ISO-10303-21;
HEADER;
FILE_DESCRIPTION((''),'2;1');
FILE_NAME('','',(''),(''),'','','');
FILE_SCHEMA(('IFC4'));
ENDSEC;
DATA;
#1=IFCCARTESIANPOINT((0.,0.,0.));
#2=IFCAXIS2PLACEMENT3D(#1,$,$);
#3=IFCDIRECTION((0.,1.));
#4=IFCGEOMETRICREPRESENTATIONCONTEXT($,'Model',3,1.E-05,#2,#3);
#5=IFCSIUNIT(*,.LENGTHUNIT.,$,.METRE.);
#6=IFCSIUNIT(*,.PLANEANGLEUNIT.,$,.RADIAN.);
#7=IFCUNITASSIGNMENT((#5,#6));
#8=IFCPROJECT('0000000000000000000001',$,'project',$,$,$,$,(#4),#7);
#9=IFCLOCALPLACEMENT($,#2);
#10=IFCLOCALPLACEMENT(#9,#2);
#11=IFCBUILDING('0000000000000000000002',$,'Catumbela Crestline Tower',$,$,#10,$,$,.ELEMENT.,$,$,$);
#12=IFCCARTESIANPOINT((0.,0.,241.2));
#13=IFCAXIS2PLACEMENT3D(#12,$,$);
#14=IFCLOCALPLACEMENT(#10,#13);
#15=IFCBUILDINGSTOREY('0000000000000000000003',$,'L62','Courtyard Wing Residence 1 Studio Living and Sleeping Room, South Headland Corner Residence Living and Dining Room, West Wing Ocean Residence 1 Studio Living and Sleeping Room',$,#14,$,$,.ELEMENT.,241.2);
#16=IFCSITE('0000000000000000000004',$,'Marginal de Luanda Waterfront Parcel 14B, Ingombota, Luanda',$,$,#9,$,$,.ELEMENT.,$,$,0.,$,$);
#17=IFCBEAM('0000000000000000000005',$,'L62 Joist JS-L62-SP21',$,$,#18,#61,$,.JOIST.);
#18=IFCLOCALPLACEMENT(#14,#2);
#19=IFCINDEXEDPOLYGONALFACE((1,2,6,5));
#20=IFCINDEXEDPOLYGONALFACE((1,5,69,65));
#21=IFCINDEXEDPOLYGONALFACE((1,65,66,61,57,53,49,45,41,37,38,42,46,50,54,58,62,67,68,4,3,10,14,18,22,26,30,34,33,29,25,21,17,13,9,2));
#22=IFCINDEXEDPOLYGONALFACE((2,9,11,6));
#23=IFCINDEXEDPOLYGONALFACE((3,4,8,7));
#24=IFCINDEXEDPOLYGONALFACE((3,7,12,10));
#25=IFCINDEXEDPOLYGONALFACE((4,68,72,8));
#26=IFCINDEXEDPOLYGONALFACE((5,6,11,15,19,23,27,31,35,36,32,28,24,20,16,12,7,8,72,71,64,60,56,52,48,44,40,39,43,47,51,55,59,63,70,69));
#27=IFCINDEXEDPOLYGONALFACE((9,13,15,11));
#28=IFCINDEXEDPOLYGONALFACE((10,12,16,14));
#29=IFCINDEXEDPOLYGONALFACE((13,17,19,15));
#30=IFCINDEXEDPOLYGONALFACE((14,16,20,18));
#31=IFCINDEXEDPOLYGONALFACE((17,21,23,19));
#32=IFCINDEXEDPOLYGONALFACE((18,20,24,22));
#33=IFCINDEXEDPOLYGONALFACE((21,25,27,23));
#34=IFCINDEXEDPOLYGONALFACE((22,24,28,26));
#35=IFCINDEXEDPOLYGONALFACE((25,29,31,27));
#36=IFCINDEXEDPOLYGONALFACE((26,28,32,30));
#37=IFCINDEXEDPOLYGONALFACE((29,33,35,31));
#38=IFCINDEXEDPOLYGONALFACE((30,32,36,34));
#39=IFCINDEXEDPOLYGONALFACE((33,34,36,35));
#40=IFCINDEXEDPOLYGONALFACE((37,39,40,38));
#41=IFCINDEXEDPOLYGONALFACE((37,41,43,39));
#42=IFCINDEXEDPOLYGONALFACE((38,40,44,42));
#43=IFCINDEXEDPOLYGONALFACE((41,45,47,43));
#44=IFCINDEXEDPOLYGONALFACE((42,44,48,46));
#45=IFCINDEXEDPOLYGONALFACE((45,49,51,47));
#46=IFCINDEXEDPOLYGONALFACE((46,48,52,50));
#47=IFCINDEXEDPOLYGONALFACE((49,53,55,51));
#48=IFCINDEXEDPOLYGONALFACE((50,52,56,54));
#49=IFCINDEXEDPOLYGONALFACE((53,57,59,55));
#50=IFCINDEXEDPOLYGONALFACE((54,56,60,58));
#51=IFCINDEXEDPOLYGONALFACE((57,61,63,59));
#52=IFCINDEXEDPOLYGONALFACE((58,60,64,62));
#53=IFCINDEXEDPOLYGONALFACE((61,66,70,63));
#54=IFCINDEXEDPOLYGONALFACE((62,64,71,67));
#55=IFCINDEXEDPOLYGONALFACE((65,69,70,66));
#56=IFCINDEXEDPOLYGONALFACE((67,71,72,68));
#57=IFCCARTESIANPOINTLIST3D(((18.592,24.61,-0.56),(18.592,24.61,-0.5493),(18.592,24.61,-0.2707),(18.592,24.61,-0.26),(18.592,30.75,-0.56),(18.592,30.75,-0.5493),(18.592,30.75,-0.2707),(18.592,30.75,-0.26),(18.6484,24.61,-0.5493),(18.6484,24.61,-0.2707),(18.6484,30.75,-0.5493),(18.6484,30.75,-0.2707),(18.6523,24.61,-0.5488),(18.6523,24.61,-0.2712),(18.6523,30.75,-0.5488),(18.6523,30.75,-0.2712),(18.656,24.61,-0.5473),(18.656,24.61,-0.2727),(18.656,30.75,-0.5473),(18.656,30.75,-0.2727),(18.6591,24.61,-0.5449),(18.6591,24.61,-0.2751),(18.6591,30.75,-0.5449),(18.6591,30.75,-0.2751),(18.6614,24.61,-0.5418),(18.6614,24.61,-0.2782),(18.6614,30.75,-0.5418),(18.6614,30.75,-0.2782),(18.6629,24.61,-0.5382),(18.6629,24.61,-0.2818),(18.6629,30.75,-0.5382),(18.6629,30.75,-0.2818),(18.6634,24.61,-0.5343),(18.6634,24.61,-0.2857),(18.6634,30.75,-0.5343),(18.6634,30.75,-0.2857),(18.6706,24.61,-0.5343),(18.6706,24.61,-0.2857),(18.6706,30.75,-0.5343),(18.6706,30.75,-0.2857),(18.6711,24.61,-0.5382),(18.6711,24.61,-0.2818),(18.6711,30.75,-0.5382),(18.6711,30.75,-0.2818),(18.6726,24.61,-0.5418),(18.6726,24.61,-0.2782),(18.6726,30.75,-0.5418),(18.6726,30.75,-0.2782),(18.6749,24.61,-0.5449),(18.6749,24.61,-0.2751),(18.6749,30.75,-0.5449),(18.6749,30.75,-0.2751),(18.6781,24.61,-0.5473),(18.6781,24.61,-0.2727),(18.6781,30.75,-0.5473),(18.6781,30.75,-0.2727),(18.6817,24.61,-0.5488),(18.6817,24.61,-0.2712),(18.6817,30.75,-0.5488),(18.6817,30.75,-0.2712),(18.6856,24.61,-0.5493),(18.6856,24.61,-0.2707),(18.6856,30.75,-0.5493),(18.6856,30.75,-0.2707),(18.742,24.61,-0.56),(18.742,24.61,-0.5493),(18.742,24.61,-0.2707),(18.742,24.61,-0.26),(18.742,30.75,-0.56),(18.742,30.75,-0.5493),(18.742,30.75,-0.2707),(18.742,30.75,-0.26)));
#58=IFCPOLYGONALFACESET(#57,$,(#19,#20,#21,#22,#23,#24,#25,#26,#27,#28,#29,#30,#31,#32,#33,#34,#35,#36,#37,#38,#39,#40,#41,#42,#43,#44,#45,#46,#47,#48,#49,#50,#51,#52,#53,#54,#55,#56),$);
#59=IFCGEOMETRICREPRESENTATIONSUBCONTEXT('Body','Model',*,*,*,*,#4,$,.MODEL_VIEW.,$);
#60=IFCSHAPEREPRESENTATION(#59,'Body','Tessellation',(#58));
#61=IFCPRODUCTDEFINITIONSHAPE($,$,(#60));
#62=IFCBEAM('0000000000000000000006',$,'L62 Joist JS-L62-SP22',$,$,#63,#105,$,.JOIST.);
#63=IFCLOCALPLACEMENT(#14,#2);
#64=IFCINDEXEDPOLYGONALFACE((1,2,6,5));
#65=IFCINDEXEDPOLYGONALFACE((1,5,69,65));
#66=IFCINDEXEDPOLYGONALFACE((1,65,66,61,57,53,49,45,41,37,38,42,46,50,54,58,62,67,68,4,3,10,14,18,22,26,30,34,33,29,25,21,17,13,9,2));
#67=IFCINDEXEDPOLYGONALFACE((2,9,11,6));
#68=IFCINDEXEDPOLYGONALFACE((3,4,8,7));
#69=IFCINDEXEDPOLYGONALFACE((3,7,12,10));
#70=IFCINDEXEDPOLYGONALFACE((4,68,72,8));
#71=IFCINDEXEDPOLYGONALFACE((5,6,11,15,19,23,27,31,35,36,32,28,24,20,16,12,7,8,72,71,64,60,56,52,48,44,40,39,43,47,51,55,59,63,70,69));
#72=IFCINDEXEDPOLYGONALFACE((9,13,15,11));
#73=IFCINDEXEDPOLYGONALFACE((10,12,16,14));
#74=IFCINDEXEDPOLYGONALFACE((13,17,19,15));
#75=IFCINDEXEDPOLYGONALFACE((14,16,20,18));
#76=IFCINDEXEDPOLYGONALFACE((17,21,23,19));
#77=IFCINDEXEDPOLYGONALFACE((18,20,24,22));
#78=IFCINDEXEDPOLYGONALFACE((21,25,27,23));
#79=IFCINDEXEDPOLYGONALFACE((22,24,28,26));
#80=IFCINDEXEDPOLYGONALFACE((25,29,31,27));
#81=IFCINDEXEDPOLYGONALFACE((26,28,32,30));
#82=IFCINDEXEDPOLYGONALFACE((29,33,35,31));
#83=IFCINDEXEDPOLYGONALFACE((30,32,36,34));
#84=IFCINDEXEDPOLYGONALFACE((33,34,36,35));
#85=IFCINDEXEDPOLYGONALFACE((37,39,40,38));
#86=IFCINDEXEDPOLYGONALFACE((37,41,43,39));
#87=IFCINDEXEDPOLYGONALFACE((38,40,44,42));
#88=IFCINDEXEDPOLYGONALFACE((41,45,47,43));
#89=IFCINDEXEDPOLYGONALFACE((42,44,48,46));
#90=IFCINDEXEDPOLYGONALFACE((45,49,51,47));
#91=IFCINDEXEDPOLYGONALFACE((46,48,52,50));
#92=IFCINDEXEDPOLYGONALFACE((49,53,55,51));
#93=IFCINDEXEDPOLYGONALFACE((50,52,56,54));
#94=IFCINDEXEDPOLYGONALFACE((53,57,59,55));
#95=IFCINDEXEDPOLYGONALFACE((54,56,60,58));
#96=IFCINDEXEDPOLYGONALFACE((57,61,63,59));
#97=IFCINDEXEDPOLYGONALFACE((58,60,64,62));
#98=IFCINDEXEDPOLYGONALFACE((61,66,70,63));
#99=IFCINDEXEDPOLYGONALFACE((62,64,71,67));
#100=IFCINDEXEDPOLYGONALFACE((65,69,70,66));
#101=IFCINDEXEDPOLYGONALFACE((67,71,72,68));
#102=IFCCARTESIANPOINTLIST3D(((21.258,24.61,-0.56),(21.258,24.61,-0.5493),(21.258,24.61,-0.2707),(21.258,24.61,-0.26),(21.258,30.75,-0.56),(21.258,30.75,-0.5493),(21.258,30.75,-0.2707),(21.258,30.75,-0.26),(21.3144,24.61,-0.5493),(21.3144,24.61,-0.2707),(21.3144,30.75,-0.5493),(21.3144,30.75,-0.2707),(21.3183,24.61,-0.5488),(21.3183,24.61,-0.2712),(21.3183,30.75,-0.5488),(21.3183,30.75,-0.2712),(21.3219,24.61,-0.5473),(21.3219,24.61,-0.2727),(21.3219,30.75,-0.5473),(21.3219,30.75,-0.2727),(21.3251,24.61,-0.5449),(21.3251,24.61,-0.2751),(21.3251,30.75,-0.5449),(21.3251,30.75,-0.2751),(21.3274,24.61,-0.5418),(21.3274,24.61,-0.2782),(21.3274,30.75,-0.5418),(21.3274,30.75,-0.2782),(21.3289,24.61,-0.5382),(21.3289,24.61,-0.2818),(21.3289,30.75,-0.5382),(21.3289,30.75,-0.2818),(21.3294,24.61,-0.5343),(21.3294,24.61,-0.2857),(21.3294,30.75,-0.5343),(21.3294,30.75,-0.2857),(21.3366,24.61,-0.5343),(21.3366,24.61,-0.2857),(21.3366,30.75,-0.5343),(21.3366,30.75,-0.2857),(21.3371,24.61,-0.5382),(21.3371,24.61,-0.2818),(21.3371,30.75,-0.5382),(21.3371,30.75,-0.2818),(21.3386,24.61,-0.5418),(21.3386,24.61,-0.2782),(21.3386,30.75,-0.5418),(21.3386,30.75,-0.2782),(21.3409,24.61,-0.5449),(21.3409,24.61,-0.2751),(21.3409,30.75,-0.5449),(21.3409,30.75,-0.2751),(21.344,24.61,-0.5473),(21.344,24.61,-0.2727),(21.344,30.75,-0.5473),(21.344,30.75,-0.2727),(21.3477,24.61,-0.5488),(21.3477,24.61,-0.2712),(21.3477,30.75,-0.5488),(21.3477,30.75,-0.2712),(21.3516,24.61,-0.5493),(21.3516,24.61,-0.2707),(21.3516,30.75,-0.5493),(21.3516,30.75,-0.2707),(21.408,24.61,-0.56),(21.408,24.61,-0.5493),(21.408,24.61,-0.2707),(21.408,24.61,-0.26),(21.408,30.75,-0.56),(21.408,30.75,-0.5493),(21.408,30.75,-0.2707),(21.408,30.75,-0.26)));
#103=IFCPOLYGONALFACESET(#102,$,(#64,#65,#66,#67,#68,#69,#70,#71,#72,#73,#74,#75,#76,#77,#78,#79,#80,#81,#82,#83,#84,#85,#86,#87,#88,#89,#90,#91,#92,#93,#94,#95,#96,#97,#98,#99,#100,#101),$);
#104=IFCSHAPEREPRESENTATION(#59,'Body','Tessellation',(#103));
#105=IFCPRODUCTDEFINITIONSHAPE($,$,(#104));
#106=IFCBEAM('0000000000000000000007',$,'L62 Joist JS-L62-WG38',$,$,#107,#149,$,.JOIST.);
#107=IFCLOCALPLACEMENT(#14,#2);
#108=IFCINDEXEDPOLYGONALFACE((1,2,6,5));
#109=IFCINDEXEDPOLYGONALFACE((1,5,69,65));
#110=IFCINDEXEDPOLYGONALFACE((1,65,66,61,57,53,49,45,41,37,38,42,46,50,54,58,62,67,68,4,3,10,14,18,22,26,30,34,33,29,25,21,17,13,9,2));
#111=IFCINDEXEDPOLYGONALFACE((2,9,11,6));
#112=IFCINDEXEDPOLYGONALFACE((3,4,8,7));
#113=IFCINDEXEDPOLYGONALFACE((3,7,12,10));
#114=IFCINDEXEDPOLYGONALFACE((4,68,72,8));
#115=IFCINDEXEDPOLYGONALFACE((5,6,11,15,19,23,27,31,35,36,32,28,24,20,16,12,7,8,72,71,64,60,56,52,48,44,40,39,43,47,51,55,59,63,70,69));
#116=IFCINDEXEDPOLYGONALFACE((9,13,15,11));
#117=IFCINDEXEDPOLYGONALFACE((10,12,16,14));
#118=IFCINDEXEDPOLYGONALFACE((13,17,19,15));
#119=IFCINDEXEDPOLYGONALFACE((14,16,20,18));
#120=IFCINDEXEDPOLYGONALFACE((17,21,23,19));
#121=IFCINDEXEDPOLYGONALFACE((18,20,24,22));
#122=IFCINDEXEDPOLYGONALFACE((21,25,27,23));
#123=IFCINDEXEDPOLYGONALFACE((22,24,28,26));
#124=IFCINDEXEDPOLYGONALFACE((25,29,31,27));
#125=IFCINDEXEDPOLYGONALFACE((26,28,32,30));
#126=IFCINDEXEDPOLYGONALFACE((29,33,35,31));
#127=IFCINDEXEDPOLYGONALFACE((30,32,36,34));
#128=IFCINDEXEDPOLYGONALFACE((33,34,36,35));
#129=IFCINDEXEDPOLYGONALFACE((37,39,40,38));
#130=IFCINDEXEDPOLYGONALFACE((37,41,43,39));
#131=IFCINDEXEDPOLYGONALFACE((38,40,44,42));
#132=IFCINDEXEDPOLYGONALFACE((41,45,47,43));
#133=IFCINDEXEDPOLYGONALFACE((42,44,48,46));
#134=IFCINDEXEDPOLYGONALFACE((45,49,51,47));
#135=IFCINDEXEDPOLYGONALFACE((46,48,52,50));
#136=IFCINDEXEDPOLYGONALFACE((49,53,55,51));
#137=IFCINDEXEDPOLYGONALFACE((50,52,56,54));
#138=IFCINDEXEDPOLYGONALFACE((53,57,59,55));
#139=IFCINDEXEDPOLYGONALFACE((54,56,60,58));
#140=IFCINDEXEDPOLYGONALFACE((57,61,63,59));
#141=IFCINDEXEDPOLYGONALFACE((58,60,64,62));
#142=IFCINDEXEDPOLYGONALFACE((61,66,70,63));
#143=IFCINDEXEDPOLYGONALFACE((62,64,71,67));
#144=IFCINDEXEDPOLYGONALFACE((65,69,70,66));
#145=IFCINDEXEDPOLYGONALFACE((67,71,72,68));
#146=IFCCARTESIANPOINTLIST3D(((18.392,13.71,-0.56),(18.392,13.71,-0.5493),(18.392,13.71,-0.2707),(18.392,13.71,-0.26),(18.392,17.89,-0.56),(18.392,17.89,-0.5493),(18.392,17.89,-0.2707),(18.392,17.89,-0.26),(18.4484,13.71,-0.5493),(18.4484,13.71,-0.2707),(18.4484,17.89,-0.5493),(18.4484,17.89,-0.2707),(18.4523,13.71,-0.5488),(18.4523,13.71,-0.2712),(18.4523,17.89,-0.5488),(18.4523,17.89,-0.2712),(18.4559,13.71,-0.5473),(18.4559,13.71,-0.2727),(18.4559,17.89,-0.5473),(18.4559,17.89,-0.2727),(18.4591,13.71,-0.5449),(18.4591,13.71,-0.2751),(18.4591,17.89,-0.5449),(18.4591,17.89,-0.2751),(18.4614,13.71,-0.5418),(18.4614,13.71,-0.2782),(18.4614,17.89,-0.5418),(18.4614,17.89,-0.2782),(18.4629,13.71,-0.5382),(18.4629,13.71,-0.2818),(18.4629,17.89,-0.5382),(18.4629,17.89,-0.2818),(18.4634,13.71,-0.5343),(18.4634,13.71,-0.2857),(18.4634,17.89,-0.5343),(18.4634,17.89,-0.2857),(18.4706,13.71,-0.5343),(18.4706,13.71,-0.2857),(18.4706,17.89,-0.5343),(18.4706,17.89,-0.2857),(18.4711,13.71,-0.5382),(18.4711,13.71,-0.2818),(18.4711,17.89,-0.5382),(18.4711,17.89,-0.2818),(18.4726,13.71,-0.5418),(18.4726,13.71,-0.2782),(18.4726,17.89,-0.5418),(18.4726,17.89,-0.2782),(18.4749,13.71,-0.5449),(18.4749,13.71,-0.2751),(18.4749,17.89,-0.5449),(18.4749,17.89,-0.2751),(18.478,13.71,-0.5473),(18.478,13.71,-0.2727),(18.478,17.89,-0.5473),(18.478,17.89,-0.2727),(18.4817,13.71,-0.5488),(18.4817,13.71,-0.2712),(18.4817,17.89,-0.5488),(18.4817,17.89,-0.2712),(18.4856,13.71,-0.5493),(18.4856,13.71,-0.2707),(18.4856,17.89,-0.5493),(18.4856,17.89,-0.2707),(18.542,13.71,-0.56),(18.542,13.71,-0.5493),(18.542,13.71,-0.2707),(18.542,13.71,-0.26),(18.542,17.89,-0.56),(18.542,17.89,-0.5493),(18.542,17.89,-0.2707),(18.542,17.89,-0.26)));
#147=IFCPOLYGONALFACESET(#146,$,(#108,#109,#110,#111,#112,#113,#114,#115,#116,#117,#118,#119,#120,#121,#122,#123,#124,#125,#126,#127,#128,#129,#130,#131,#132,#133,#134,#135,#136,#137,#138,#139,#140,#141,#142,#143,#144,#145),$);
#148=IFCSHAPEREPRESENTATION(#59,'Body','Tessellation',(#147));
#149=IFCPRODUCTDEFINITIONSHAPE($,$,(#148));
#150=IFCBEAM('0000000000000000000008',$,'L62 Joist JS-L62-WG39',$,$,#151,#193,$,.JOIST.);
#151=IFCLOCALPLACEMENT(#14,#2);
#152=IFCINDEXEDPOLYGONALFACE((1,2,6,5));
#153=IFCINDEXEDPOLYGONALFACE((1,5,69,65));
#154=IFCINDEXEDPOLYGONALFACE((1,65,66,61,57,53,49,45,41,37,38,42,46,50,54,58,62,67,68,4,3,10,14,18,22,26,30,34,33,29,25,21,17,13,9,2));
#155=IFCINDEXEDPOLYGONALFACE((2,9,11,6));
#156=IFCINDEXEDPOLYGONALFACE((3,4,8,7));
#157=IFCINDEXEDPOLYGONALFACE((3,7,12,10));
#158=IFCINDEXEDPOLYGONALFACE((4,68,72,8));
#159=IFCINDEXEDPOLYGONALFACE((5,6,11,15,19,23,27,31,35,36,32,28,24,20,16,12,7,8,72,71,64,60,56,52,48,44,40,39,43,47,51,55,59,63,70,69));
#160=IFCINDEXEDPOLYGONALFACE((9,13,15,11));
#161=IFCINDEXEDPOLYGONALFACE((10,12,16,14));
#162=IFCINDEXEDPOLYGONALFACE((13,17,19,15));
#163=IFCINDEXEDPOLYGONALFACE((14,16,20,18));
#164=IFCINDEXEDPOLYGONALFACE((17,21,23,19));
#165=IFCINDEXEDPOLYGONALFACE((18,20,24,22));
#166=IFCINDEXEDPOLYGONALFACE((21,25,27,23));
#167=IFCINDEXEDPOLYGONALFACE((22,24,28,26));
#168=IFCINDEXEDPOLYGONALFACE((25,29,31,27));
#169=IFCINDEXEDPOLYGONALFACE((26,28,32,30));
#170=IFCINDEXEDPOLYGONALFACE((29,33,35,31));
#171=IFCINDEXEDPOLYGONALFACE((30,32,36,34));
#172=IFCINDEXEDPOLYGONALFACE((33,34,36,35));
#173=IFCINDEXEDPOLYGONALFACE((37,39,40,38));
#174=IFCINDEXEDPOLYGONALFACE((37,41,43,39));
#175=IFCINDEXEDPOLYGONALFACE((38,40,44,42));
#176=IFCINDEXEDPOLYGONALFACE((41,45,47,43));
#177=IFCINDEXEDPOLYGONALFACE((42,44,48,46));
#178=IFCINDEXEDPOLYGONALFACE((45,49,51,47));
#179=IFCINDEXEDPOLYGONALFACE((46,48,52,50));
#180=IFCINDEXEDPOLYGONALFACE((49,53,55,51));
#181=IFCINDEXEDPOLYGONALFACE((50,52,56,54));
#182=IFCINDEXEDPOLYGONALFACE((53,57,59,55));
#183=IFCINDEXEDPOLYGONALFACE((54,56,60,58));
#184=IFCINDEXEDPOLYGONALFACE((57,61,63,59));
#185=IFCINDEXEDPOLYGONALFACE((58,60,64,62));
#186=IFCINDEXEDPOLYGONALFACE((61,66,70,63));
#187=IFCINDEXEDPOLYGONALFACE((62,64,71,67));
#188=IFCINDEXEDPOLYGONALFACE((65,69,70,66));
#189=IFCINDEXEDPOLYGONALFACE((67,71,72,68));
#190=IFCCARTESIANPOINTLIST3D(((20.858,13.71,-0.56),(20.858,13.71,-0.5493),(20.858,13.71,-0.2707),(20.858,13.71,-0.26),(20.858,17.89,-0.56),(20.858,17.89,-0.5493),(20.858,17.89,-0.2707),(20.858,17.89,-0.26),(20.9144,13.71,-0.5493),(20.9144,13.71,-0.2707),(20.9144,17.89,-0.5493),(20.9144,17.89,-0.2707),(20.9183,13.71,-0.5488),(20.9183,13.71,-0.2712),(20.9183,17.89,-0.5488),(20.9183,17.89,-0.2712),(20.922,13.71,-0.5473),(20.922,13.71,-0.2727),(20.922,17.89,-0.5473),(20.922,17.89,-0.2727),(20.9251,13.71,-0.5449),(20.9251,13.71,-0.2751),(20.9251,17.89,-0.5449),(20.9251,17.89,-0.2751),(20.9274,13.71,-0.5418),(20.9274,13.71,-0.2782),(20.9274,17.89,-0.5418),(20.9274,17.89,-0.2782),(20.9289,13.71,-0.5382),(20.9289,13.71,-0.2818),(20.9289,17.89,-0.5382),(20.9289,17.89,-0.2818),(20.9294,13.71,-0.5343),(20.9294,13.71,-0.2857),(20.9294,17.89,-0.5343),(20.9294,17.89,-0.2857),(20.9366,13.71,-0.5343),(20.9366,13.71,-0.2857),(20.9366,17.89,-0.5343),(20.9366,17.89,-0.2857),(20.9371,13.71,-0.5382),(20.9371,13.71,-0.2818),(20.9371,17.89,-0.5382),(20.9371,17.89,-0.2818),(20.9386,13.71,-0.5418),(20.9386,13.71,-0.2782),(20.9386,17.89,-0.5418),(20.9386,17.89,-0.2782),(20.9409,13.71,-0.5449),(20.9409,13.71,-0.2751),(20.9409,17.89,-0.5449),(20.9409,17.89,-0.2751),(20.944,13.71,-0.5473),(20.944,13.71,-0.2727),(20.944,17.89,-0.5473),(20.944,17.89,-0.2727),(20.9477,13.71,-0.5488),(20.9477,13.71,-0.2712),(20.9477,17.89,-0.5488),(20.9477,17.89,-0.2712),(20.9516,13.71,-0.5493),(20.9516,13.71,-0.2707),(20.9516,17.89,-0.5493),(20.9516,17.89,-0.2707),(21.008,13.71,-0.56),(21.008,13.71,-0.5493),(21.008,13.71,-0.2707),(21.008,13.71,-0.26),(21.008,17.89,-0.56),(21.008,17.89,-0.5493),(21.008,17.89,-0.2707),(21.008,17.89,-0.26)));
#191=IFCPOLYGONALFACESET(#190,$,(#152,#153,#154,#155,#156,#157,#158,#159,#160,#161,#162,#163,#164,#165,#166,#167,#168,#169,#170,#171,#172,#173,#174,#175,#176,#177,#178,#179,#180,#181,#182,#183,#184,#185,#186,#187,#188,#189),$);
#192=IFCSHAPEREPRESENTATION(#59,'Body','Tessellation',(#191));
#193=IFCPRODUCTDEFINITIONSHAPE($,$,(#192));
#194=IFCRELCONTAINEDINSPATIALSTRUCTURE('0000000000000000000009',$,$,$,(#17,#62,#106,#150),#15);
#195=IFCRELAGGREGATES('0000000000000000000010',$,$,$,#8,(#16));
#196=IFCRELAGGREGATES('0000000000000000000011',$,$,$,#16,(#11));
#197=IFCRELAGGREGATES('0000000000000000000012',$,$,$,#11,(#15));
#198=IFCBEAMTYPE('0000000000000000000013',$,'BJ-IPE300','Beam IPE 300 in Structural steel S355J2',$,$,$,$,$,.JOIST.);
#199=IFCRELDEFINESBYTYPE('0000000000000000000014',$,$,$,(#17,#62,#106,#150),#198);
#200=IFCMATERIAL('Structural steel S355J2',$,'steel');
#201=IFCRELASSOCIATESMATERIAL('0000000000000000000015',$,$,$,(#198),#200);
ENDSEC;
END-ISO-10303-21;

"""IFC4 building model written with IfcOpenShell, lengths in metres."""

from ifc_helpers import new_model, si_unit, direction, frame, origin, origin_2d, place, context, subcontext, project, spatial, i_section, extrude, material, material_profile, profile_set, type_object, element, save


model = new_model("IFC4")

# Units and contexts
model_context = context("Model", 3, precision=1e-05, world=origin(), true_north=direction((0.0, 1.0)))
body_context = subcontext(model_context, "Body", "Model", "MODEL_VIEW")
ifc_project = project(units=[si_unit("LENGTHUNIT", "METRE"), si_unit("PLANEANGLEUNIT", "RADIAN")], contexts=[model_context])

# Site, building, storey
site_placement = place(None, origin())
site = spatial("IfcSite", under=ifc_project, at=site_placement, Name="Marginal de Luanda Waterfront Parcel 14B, Ingombota, Luanda", CompositionType="ELEMENT", RefElevation=0.0)
building_placement = place(site_placement, origin())
building = spatial("IfcBuilding", under=site, at=building_placement, Name="Catumbela Crestline Tower", CompositionType="ELEMENT")
storey_placement = place(building_placement, frame((0.0, 0.0, 241.2)))
storey = spatial("IfcBuildingStorey", under=building, at=storey_placement, Name="L62", Description="Courtyard Wing Residence 1 Studio Living and Sleeping Room, South Headland Corner Residence Living and Dining Room, West Wing Ocean Residence 1 Studio Living and Sleeping Room", CompositionType="ELEMENT", Elevation=241.2)

# Shared definitions
ifc_material_1 = material(Name="Structural steel S355J2", Category="steel")

# Beams
ifc_material_profile_1 = material_profile(ifc_material_1, i_section(OverallWidth=0.15, OverallDepth=0.3, WebThickness=0.0071, FlangeThickness=0.0107, FilletRadius=0.015, at=origin_2d()), Name="IPE 300")
ifc_profile_set_1 = profile_set([ifc_material_profile_1], Name="Structural steel S355J2")
beam_type_1 = type_object("IfcBeamType", Name="BJ-IPE300", Description="Beam IPE 300 in Structural steel S355J2", PredefinedType="JOIST", material=ifc_profile_set_1)
for number, where, z_axis, x_axis, name in (
    (1, (18.667, 24.61, -0.41), (0.0, 1.0, 0.0), (-1.0, 0.0, 0.0), "L62 Joist JS-L62-SP21"),
    (2, (21.333, 24.61, -0.41), (0.0, 1.0, 0.0), (-1.0, 0.0, 0.0), "L62 Joist JS-L62-SP22"),
):
    element("IfcBeam", number, at=place(storey_placement, frame(where, z_axis=z_axis, x_axis=x_axis)), inside=storey, type_object=beam_type_1, Name=name, PredefinedType="JOIST", context=body_context, shape_type="SweptSolid", body=[
        extrude(i_section(OverallWidth=0.15, OverallDepth=0.3, WebThickness=0.0071, FlangeThickness=0.0107, FilletRadius=0.015, at=origin_2d()), origin(), (0.0, 0.0, 1.0), 6.14),
    ])
for number, where, z_axis, x_axis, name in (
    (3, (18.467, 13.71, -0.41), (0.0, 1.0, 0.0), (-1.0, 0.0, 0.0), "L62 Joist JS-L62-WG38"),
    (4, (20.933, 13.71, -0.41), (0.0, 1.0, 0.0), (-1.0, 0.0, 0.0), "L62 Joist JS-L62-WG39"),
):
    element("IfcBeam", number, at=place(storey_placement, frame(where, z_axis=z_axis, x_axis=x_axis)), inside=storey, type_object=beam_type_1, Name=name, PredefinedType="JOIST", context=body_context, shape_type="SweptSolid", body=[
        extrude(i_section(OverallWidth=0.15, OverallDepth=0.3, WebThickness=0.0071, FlangeThickness=0.0107, FilletRadius=0.015, at=origin_2d()), origin(), (0.0, 0.0, 1.0), 4.18),
    ])

save(model, "model.ifc")
